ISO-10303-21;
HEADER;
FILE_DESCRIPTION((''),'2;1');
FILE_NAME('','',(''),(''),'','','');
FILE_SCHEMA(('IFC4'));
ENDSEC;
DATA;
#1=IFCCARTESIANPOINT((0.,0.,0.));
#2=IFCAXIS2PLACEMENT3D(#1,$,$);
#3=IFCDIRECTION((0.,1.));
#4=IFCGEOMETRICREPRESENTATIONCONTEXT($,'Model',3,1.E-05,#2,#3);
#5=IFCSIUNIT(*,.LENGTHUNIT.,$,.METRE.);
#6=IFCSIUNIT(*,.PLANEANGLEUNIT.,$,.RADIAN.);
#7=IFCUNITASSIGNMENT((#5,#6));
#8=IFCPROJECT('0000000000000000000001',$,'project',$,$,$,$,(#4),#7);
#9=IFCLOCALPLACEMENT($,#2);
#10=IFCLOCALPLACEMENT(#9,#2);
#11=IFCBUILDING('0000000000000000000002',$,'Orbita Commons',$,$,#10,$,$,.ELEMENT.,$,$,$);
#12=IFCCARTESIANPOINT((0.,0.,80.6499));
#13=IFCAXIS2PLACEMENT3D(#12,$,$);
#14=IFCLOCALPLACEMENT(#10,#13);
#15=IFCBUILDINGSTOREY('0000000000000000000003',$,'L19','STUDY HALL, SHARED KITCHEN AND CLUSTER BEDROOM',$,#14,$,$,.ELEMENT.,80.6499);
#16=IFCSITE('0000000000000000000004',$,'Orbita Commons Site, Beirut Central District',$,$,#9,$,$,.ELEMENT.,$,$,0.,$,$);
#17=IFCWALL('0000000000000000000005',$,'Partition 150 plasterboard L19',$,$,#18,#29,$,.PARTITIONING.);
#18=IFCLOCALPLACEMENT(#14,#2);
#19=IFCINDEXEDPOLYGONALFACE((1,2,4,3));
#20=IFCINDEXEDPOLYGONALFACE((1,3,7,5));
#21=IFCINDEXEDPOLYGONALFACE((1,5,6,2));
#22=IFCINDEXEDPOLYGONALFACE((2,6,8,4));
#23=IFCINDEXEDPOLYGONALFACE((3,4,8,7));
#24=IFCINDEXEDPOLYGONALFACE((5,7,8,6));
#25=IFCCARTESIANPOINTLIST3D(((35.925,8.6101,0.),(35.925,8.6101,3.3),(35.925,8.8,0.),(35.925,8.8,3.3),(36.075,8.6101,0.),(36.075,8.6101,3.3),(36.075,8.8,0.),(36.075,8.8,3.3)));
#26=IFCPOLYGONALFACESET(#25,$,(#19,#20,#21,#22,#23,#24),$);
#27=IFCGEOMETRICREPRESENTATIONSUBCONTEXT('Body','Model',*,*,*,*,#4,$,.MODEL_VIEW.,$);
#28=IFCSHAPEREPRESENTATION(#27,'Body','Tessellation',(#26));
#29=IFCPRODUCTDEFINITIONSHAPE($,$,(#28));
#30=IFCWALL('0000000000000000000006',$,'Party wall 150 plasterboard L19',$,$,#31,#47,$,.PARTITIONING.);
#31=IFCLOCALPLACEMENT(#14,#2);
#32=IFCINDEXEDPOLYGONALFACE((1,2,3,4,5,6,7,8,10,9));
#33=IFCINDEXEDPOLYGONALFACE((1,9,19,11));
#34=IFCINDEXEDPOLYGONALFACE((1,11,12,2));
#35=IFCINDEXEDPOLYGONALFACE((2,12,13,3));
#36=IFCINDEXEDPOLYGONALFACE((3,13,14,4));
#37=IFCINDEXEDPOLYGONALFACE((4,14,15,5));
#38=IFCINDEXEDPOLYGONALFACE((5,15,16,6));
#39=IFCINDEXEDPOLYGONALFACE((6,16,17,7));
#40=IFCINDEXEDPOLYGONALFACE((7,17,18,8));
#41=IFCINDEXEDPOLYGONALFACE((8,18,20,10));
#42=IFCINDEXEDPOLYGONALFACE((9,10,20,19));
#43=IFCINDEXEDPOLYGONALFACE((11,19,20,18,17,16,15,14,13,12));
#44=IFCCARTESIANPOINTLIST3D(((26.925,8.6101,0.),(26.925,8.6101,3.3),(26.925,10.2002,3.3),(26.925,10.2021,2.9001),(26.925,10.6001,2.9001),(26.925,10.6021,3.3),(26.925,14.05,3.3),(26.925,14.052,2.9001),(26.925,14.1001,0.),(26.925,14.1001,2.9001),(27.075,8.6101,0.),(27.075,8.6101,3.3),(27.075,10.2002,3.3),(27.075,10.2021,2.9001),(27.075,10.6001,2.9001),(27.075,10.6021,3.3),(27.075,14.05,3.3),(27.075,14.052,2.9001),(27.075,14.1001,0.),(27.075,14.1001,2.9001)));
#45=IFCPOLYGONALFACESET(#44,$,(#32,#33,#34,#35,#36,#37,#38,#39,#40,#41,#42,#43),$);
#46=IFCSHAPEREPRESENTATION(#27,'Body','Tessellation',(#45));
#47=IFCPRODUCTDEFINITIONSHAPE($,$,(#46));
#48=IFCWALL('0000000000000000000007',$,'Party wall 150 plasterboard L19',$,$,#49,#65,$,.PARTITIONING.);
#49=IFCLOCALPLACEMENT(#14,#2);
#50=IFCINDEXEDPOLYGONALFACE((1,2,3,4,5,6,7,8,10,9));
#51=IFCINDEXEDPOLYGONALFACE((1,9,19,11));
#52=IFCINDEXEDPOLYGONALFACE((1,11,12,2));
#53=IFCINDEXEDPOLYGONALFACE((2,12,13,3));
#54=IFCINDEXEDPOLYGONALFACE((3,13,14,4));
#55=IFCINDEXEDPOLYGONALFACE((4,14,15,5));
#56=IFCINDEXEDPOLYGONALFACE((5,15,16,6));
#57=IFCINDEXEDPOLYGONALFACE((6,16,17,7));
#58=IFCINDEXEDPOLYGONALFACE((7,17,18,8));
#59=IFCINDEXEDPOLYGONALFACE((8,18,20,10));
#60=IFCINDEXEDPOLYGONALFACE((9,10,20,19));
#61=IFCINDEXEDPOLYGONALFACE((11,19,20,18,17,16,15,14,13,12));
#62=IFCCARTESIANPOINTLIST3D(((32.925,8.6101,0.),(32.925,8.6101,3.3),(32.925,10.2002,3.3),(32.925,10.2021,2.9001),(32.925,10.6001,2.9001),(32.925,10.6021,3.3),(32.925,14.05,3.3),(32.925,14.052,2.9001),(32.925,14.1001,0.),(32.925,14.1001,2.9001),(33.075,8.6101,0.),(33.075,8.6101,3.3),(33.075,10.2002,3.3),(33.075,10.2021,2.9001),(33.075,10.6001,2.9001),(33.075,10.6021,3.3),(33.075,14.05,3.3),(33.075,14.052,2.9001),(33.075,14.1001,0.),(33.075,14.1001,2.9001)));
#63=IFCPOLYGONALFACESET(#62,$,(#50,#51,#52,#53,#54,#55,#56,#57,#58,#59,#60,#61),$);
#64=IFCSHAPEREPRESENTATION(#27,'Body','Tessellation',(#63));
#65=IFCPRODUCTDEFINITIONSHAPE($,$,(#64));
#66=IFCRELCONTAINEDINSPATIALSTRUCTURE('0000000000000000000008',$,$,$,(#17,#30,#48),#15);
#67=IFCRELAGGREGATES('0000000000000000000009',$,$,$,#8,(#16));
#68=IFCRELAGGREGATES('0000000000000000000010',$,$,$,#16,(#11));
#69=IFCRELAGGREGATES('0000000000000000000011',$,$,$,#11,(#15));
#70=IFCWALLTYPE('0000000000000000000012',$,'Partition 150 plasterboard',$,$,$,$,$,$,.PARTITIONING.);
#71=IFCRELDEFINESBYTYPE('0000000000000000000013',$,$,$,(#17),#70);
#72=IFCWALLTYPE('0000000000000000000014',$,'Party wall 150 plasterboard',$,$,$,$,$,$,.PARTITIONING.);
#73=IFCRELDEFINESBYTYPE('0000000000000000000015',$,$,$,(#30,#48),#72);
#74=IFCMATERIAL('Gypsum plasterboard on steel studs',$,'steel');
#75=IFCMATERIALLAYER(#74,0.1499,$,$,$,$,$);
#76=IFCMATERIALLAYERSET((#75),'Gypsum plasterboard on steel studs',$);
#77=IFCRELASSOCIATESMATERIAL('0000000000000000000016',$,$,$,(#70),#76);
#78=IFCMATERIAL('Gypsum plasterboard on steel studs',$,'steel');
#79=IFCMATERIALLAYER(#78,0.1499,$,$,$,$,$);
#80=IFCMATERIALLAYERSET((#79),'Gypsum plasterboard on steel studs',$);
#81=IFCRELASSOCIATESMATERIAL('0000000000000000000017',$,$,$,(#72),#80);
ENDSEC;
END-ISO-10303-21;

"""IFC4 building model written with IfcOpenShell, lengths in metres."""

from ifc_helpers import new_model, si_unit, direction, frame, frame_2d, origin, place, context, subcontext, project, spatial, polyline, rectangle, outline, extrude, material, layer, layer_set, type_object, element, save


model = new_model("IFC4")

# Units and contexts
model_context = context("Model", 3, precision=1e-05, world=origin(), true_north=direction((0.0, 1.0)))
body_context = subcontext(model_context, "Body", "Model", "MODEL_VIEW")
ifc_project = project(units=[si_unit("LENGTHUNIT", "METRE"), si_unit("PLANEANGLEUNIT", "RADIAN")], contexts=[model_context])

# Site, building, storey
site_placement = place(None, origin())
site = spatial("IfcSite", under=ifc_project, at=site_placement, Name="Orbita Commons Site, Beirut Central District", CompositionType="ELEMENT", RefElevation=0.0)
building_placement = place(site_placement, origin())
building = spatial("IfcBuilding", under=site, at=building_placement, Name="Orbita Commons", CompositionType="ELEMENT")
storey_placement = place(building_placement, frame((0.0, 0.0, 80.6499)))
storey = spatial("IfcBuildingStorey", under=building, at=storey_placement, Name="L19", Description="STUDY HALL, SHARED KITCHEN AND CLUSTER BEDROOM", CompositionType="ELEMENT", Elevation=80.6499)

# Walls
ifc_material_1 = material(Name="Gypsum plasterboard on steel studs", Category="steel")
ifc_layer_1 = layer(ifc_material_1, 0.1499)
ifc_layer_set_1 = layer_set([ifc_layer_1], Name="Gypsum plasterboard on steel studs")
wall_type_1 = type_object("IfcWallType", Name="Partition 150 plasterboard", PredefinedType="PARTITIONING", material=ifc_layer_set_1)
for number, where, z_axis, x_axis, name in (
    (1, (36.0, 8.8, 0.0), (0.0, 0.0, 1.0), (0.0, -1.0, 0.0), "Partition 150 plasterboard L19"),
):
    element("IfcWall", number, at=place(storey_placement, frame(where, z_axis=z_axis, x_axis=x_axis)), inside=storey, type_object=wall_type_1, Name=name, PredefinedType="PARTITIONING", context=body_context, shape_type="SweptSolid", body=[
        extrude(rectangle(XDim=0.1899, YDim=0.1499, at=frame_2d((0.095, 0.0))), origin(), (0.0, 0.0, 1.0), 3.3),
    ])
ifc_material_2 = material(Name="Gypsum plasterboard on steel studs", Category="steel")
ifc_layer_2 = layer(ifc_material_2, 0.1499)
ifc_layer_set_2 = layer_set([ifc_layer_2], Name="Gypsum plasterboard on steel studs")
wall_type_2 = type_object("IfcWallType", Name="Party wall 150 plasterboard", PredefinedType="PARTITIONING", material=ifc_layer_set_2)
for number, where, z_axis, x_axis, name in (
    (2, (27.0, 8.6101, 0.0), (0.0, 0.0, 1.0), (0.0, 1.0, 0.0), "Party wall 150 plasterboard L19"),
    (3, (33.0, 8.6101, 0.0), (0.0, 0.0, 1.0), (0.0, 1.0, 0.0), "Party wall 150 plasterboard L19"),
):
    element("IfcWall", number, at=place(storey_placement, frame(where, z_axis=z_axis, x_axis=x_axis)), inside=storey, type_object=wall_type_2, Name=name, PredefinedType="PARTITIONING", context=body_context, shape_type="SweptSolid", body=[
        extrude(outline(polyline([(0.0, 0.0), (5.49, 0.0), (5.49, 2.9001), (5.4419, 2.9001), (5.4399, 3.3), (1.9919, 3.3), (1.99, 2.9001), (1.592, 2.9001), (1.5901, 3.3), (0.0, 3.3), (0.0, 0.0)])), frame((0.0, 0.075, 0.0), z_axis=(0.0, -1.0, 0.0), x_axis=(1.0, 0.0, 0.0)), (0.0, 0.0, 1.0), 0.1499),
    ])

save(model, "model.ifc")
